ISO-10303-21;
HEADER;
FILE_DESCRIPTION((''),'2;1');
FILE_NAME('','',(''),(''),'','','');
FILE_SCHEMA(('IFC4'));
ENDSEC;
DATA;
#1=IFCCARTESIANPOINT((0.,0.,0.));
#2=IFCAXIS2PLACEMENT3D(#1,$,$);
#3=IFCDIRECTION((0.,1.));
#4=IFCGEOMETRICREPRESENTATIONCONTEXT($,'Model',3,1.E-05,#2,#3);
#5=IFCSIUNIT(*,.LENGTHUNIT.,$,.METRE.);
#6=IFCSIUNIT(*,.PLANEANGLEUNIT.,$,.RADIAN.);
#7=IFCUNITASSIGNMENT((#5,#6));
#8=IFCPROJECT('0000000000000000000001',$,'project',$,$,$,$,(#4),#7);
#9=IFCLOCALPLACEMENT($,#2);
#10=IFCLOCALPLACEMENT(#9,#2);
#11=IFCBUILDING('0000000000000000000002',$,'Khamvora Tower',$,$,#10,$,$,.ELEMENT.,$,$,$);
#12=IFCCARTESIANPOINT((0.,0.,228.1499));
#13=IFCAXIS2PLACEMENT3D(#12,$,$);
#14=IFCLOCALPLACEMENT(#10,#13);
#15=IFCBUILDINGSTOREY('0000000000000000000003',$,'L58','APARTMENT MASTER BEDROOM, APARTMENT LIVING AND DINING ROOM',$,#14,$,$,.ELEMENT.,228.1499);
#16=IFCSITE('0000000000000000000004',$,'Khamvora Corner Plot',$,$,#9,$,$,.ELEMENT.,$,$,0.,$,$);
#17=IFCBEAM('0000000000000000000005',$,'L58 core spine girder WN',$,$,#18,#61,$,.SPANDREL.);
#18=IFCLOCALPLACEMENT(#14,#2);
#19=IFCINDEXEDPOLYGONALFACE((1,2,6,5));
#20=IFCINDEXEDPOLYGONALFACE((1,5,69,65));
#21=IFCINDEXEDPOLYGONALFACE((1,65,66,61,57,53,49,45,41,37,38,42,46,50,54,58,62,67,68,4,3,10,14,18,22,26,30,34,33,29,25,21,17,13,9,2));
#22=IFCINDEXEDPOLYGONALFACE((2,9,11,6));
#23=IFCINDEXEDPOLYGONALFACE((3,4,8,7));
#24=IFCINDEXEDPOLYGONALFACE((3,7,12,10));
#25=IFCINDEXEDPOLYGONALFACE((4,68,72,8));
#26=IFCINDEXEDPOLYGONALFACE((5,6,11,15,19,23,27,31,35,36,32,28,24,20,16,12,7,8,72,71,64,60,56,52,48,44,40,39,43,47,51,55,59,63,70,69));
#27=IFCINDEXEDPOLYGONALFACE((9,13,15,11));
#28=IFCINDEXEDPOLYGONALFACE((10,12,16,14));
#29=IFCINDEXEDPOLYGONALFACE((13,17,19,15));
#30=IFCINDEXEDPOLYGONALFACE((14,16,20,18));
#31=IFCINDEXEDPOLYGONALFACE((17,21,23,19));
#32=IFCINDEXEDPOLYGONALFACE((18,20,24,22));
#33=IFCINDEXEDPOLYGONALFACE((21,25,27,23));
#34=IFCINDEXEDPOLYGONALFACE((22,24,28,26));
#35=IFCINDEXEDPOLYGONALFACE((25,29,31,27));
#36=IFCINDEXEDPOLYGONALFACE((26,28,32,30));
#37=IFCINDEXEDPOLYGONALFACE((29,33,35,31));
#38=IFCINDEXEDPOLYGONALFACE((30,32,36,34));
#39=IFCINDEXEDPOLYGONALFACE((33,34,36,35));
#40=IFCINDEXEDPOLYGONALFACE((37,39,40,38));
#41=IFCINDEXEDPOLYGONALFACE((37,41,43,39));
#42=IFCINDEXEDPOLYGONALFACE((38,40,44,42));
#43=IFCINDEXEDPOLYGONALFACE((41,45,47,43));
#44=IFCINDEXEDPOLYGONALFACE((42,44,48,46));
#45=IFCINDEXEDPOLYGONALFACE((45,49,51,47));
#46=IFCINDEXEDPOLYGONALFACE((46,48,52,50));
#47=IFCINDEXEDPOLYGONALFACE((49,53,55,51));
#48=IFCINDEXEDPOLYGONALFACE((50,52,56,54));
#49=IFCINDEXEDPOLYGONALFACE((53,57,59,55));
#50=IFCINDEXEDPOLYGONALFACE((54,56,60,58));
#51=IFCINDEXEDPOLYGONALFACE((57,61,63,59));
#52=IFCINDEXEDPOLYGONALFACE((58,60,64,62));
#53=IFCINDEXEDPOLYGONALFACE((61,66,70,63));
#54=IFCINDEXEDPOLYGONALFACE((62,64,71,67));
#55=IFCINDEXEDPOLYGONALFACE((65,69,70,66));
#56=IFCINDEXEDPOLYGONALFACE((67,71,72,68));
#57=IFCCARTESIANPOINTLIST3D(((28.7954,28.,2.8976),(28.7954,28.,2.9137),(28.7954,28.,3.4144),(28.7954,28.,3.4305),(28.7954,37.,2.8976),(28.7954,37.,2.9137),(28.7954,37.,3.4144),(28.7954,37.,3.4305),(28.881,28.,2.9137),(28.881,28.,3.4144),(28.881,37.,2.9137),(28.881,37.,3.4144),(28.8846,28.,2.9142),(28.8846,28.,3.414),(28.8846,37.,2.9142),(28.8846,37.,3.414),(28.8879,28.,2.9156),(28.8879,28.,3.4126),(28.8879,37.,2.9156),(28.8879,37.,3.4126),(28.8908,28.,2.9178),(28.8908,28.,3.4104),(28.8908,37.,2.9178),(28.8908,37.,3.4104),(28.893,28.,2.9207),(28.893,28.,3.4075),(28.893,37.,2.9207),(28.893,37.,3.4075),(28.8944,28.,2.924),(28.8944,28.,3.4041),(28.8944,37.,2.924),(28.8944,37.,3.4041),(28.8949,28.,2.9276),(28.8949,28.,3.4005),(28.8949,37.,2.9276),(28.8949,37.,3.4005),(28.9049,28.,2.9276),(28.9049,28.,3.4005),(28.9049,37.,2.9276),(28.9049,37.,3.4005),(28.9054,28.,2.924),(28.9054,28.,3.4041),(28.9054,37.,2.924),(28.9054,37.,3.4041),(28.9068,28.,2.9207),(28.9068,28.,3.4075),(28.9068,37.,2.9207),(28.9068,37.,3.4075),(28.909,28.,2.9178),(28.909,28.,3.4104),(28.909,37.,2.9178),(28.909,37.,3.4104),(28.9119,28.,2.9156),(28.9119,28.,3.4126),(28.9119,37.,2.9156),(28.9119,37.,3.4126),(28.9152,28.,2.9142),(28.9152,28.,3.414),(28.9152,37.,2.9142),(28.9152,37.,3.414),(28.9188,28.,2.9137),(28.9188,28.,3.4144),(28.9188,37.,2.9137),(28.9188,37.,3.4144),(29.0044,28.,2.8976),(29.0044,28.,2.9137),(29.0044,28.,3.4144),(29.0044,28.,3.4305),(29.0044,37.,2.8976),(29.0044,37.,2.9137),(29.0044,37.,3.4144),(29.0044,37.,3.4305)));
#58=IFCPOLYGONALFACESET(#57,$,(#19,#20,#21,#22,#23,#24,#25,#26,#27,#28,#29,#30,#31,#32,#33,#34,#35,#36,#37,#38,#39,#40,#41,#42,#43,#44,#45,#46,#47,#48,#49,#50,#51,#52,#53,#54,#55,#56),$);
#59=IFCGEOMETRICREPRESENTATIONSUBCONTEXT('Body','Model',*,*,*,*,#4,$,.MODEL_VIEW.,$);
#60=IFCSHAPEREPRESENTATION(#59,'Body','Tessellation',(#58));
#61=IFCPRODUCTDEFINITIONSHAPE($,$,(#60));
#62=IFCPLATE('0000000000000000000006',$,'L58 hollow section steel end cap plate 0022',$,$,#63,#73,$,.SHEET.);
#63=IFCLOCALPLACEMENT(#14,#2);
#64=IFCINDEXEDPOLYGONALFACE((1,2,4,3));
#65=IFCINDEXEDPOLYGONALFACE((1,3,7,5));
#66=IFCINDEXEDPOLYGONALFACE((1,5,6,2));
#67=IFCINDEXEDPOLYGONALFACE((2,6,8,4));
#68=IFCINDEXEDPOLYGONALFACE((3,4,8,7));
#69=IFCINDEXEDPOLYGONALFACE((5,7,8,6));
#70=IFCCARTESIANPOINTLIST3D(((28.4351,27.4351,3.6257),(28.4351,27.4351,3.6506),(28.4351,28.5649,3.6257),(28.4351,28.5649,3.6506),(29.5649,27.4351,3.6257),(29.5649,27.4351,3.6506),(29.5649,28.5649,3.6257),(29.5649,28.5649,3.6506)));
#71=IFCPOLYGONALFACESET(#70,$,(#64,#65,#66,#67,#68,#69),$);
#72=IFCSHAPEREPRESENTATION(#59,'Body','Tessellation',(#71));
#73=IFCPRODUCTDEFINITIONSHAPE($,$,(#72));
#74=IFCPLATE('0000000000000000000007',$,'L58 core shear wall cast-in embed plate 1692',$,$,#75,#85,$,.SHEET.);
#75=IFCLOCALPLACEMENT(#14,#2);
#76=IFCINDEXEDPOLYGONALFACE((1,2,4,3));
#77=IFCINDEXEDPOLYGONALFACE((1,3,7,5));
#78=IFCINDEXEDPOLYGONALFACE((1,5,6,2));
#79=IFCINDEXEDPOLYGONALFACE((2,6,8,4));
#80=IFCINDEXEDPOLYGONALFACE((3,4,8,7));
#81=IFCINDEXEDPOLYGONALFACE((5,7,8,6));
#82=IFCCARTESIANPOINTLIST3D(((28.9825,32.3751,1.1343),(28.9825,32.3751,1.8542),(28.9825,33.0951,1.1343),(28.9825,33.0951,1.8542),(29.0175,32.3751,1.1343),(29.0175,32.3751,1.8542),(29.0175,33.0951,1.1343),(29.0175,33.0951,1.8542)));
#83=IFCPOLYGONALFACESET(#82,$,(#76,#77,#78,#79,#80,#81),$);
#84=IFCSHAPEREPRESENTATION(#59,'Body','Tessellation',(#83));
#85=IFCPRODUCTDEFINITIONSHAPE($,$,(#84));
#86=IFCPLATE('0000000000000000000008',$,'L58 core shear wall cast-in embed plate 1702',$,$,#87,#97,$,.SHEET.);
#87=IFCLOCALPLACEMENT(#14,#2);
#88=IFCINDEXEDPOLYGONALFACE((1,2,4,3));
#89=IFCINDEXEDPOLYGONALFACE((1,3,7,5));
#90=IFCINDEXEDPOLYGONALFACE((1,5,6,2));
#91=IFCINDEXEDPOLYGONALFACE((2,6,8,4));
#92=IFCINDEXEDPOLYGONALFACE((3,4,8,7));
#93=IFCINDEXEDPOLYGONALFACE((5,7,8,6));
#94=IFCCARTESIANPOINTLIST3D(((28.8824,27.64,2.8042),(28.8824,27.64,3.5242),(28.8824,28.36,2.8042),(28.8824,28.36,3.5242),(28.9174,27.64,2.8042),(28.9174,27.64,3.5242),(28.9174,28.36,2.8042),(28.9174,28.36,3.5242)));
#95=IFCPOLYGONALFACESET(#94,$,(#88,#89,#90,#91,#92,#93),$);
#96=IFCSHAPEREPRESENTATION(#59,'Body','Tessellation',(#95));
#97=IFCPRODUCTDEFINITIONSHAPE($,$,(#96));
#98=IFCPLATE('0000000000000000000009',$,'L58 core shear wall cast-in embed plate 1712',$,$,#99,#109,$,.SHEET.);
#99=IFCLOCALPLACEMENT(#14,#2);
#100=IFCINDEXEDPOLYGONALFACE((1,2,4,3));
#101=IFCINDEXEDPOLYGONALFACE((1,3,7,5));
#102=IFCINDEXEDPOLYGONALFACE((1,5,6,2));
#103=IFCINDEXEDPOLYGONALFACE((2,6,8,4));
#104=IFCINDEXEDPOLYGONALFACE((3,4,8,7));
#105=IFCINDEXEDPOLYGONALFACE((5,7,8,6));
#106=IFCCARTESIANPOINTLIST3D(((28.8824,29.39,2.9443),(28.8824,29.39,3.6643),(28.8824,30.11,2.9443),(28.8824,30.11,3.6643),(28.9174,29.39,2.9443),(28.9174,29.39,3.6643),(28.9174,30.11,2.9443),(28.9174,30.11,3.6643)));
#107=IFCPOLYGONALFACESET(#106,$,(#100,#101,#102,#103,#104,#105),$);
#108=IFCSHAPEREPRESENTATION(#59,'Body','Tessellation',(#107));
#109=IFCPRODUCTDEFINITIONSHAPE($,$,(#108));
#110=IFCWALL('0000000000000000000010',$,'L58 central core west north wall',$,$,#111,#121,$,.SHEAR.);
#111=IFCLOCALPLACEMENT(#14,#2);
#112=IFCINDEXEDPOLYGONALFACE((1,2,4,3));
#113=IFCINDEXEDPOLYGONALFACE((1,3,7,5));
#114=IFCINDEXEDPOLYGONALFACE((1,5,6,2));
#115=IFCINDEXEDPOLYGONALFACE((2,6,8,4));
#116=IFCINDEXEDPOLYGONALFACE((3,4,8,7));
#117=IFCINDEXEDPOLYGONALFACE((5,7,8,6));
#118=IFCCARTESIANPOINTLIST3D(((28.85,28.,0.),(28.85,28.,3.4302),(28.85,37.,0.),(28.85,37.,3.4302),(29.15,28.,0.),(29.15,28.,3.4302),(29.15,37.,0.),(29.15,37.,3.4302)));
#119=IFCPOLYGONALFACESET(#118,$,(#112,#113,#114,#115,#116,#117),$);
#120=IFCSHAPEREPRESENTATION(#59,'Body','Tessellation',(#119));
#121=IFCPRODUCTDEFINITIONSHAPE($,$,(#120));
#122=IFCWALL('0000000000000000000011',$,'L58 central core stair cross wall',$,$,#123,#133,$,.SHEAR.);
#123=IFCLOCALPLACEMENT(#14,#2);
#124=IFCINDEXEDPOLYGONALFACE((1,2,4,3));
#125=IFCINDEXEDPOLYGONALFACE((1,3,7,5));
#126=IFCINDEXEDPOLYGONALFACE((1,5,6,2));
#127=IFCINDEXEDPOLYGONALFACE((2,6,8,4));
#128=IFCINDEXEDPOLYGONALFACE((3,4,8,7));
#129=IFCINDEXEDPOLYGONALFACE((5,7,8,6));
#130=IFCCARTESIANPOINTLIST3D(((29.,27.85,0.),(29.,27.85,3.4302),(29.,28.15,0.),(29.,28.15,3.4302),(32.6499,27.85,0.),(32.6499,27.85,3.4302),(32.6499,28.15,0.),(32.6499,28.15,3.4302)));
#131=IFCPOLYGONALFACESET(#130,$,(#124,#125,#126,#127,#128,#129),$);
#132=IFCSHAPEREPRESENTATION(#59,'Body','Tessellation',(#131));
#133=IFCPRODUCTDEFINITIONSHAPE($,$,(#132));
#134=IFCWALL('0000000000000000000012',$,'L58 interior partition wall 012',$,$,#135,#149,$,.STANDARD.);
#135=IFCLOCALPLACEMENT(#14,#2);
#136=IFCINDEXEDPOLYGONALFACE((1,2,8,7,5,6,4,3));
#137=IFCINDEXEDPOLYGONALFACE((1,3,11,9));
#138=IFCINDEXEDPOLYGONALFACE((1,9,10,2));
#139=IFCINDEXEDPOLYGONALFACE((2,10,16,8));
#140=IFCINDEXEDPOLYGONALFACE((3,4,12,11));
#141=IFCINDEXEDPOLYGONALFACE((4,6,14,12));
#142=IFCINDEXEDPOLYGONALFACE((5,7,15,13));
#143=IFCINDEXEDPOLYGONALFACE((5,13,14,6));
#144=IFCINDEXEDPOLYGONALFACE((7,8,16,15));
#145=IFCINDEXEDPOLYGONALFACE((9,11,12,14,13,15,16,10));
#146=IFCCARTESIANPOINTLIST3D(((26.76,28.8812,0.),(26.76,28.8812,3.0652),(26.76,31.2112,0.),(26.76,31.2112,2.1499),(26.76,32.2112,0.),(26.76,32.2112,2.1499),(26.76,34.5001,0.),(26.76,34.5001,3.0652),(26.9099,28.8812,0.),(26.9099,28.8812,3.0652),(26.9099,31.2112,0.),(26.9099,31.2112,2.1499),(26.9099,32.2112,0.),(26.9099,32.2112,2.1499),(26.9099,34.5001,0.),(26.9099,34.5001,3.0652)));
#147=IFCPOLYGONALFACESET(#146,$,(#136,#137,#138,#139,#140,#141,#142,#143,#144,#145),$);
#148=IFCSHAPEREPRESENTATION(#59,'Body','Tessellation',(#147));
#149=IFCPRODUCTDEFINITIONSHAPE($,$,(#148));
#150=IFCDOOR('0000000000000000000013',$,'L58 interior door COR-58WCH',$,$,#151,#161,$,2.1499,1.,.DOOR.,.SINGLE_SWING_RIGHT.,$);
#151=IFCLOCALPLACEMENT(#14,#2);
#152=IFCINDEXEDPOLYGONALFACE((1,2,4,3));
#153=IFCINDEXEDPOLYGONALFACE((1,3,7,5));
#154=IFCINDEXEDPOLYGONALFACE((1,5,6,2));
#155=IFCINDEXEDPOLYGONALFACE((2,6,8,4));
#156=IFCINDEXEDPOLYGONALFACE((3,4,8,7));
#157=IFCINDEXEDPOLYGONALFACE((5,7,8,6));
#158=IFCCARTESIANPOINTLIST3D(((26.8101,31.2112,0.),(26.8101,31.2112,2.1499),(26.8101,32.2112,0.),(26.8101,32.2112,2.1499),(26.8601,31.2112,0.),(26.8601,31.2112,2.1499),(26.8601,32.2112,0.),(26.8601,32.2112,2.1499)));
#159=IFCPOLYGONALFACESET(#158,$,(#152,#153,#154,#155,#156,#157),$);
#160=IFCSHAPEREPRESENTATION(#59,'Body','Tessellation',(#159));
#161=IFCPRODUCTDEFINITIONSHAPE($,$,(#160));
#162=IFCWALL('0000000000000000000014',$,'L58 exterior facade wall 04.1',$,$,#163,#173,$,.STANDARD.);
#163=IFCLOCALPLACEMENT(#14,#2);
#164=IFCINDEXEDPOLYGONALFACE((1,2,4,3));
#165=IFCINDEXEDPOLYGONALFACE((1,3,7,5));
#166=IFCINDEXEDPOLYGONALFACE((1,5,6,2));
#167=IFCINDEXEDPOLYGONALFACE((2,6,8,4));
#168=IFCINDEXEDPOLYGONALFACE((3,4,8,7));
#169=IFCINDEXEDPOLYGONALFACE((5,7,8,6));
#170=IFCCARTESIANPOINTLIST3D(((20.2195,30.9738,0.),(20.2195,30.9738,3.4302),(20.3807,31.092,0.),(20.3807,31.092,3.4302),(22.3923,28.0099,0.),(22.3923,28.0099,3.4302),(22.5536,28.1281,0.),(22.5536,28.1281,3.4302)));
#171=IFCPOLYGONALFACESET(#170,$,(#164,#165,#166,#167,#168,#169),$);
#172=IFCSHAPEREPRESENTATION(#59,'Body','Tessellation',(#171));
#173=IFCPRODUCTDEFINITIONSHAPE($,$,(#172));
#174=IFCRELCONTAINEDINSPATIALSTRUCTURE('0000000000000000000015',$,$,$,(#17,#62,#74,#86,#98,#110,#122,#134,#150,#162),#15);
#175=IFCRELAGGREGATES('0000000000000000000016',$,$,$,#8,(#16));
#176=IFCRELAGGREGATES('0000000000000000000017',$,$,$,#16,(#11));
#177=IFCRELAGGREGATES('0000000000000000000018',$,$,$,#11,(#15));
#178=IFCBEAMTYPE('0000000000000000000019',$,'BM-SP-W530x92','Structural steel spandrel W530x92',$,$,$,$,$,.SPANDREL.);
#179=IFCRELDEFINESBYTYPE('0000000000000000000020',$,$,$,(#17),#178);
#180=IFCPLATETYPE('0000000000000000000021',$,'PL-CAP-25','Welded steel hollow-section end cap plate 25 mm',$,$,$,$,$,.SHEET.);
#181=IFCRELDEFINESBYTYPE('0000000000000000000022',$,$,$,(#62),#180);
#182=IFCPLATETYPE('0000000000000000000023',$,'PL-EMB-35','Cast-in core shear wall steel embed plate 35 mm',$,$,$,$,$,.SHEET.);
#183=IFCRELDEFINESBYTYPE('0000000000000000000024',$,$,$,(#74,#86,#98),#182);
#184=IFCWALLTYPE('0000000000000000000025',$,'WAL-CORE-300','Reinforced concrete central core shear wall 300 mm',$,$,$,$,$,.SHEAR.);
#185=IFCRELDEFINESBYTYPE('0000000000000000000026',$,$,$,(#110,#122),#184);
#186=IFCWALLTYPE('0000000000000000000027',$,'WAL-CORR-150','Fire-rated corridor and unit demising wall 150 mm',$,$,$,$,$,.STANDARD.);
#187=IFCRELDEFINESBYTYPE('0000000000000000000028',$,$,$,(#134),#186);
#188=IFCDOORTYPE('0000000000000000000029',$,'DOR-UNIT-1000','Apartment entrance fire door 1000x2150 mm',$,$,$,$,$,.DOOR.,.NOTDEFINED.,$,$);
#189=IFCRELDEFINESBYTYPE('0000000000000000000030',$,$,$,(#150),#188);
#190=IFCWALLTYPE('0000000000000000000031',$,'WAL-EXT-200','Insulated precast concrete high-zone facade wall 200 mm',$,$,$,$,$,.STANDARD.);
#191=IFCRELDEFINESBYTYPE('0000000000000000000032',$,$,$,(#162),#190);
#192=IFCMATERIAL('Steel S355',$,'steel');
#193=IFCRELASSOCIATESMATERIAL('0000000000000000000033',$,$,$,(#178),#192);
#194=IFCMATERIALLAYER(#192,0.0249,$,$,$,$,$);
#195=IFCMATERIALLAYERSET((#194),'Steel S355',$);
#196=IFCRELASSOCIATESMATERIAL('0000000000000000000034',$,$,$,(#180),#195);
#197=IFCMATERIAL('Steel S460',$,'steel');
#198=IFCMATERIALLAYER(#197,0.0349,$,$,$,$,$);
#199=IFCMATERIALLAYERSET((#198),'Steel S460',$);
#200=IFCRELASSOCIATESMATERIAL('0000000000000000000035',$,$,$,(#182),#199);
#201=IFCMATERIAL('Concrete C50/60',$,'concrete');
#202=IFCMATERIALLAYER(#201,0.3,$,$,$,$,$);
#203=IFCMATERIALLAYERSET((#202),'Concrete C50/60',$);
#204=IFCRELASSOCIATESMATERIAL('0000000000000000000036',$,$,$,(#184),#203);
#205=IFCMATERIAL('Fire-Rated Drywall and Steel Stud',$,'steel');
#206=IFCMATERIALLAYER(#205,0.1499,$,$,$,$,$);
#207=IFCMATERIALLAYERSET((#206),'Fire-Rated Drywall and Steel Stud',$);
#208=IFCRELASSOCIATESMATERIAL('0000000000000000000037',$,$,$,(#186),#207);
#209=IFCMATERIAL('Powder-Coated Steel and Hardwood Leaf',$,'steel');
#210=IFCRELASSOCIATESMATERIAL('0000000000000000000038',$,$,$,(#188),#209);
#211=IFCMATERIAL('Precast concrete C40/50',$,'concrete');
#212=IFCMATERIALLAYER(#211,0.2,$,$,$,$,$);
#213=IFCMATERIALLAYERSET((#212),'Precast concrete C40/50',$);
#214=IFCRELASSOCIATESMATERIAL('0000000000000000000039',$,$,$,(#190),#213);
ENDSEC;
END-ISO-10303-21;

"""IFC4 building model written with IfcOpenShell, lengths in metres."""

from ifc_helpers import new_model, si_unit, direction, frame, frame_2d, origin, origin_2d, place, context, subcontext, project, spatial, rectangle, i_section, extrude, material, layer, layer_set, material_profile, profile_set, type_object, element, fill, save


model = new_model("IFC4")

# Units and contexts
model_context = context("Model", 3, precision=1e-05, world=origin(), true_north=direction((0.0, 1.0)))
body_context = subcontext(model_context, "Body", "Model", "MODEL_VIEW")
ifc_project = project(units=[si_unit("LENGTHUNIT", "METRE"), si_unit("PLANEANGLEUNIT", "RADIAN")], contexts=[model_context])

# Site, building, storey
site_placement = place(None, origin())
site = spatial("IfcSite", under=ifc_project, at=site_placement, Name="Khamvora Corner Plot", CompositionType="ELEMENT", RefElevation=0.0)
building_placement = place(site_placement, origin())
building = spatial("IfcBuilding", under=site, at=building_placement, Name="Khamvora Tower", CompositionType="ELEMENT")
storey_placement = place(building_placement, frame((0.0, 0.0, 228.1499)))
storey = spatial("IfcBuildingStorey", under=building, at=storey_placement, Name="L58", Description="APARTMENT MASTER BEDROOM, APARTMENT LIVING AND DINING ROOM", CompositionType="ELEMENT", Elevation=228.1499)

# Shared definitions
ifc_material_1 = material(Name="Steel S460", Category="steel")

# Beam
ifc_material_2 = material(Name="Steel S355", Category="steel")
ifc_material_profile_1 = material_profile(ifc_material_2, i_section(OverallWidth=0.209, OverallDepth=0.533, WebThickness=0.01, FlangeThickness=0.0161, FilletRadius=0.0139, at=origin_2d()), Name="W530x92")
ifc_profile_set_1 = profile_set([ifc_material_profile_1], Name="Steel S355")
beam_type_1 = type_object("IfcBeamType", Name="BM-SP-W530x92", Description="Structural steel spandrel W530x92", PredefinedType="SPANDREL", material=ifc_profile_set_1)
beam_1_placement = place(storey_placement, frame((28.8999, 28.0, 3.1641), z_axis=(0.0, 1.0, 0.0), x_axis=(-1.0, 0.0, 0.0)))
element("IfcBeam", 1, at=beam_1_placement, inside=storey, type_object=beam_type_1, Name="L58 core spine girder WN", PredefinedType="SPANDREL", context=body_context, shape_type="SweptSolid", body=[
    extrude(i_section(OverallWidth=0.209, OverallDepth=0.533, WebThickness=0.01, FlangeThickness=0.0161, FilletRadius=0.0139, at=origin_2d()), origin(), (0.0, 0.0, 1.0), 9.0),
])

# Plates
ifc_layer_1 = layer(ifc_material_2, 0.0249)
ifc_layer_set_1 = layer_set([ifc_layer_1], Name="Steel S355")
plate_type_1 = type_object("IfcPlateType", Name="PL-CAP-25", Description="Welded steel hollow-section end cap plate 25 mm", PredefinedType="SHEET", material=ifc_layer_set_1)
plate_placement = place(storey_placement, frame((29.0, 28.0, 3.6257), z_axis=(0.0, 0.0, 1.0), x_axis=(1.0, 0.0, 0.0)))
element("IfcPlate", 2, at=plate_placement, inside=storey, type_object=plate_type_1, Name="L58 hollow section steel end cap plate 0022", PredefinedType="SHEET", context=body_context, shape_type="SweptSolid", body=[
    extrude(rectangle(XDim=1.1299, YDim=1.1299, at=origin_2d()), origin(), (0.0, 0.0, 1.0), 0.0249),
])
ifc_layer_2 = layer(ifc_material_1, 0.0349)
ifc_layer_set_2 = layer_set([ifc_layer_2], Name="Steel S460")
plate_type_2 = type_object("IfcPlateType", Name="PL-EMB-35", Description="Cast-in core shear wall steel embed plate 35 mm", PredefinedType="SHEET", material=ifc_layer_set_2)
for number, where, z_axis, x_axis, name in (
    (3, (29.0, 32.7351, 1.1343), (0.0, 0.0, 1.0), (1.0, 0.0, 0.0), "L58 core shear wall cast-in embed plate 1692"),
    (4, (28.8999, 28.0, 2.8042), (0.0, 0.0, 1.0), (1.0, 0.0, 0.0), "L58 core shear wall cast-in embed plate 1702"),
    (5, (28.8999, 29.75, 2.9443), (0.0, 0.0, 1.0), (1.0, 0.0, 0.0), "L58 core shear wall cast-in embed plate 1712"),
):
    element("IfcPlate", number, at=place(storey_placement, frame(where, z_axis=z_axis, x_axis=x_axis)), inside=storey, type_object=plate_type_2, Name=name, PredefinedType="SHEET", context=body_context, shape_type="SweptSolid", body=[
        extrude(rectangle(XDim=0.0349, YDim=0.72, at=origin_2d()), origin(), (0.0, 0.0, 1.0), 0.72),
    ])

# Walls
ifc_material_3 = material(Name="Concrete C50/60", Category="concrete")
ifc_layer_3 = layer(ifc_material_3, 0.3)
ifc_layer_set_3 = layer_set([ifc_layer_3], Name="Concrete C50/60")
wall_type_1 = type_object("IfcWallType", Name="WAL-CORE-300", Description="Reinforced concrete central core shear wall 300 mm", PredefinedType="SHEAR", material=ifc_layer_set_3)
wall_1_placement = place(storey_placement, frame((29.0, 28.0, 0.0), z_axis=(0.0, 0.0, 1.0), x_axis=(0.0, 1.0, 0.0)))
element("IfcWall", 6, at=wall_1_placement, inside=storey, type_object=wall_type_1, Name="L58 central core west north wall", PredefinedType="SHEAR", context=body_context, shape_type="SweptSolid", body=[
    extrude(rectangle(XDim=9.0, YDim=0.3, at=frame_2d((4.5, 0.0))), origin(), (0.0, 0.0, 1.0), 3.4302),
])
wall_2_placement = place(storey_placement, frame((29.0, 28.0, 0.0), z_axis=(0.0, 0.0, 1.0), x_axis=(1.0, 0.0, 0.0)))
element("IfcWall", 7, at=wall_2_placement, inside=storey, type_object=wall_type_1, Name="L58 central core stair cross wall", PredefinedType="SHEAR", context=body_context, shape_type="SweptSolid", body=[
    extrude(rectangle(XDim=3.6499, YDim=0.3, at=frame_2d((1.825, 0.0))), origin(), (0.0, 0.0, 1.0), 3.4302),
])

# Wall, opening, door
ifc_material_4 = material(Name="Fire-Rated Drywall and Steel Stud", Category="steel")
ifc_layer_4 = layer(ifc_material_4, 0.1499)
ifc_layer_set_4 = layer_set([ifc_layer_4], Name="Fire-Rated Drywall and Steel Stud")
wall_type_2 = type_object("IfcWallType", Name="WAL-CORR-150", Description="Fire-rated corridor and unit demising wall 150 mm", PredefinedType="STANDARD", material=ifc_layer_set_4)
wall_3_placement = place(storey_placement, frame((26.835, 28.8811, 0.0), z_axis=(0.0, 0.0, 1.0), x_axis=(0.0, 1.0, 0.0)))
wall_3 = element("IfcWall", 8, at=wall_3_placement, inside=storey, type_object=wall_type_2, Name="L58 interior partition wall 012", PredefinedType="STANDARD", context=body_context, shape_type="SweptSolid", body=[
    extrude(rectangle(XDim=5.6189, YDim=0.1499, at=frame_2d((2.8096, 0.0))), origin(), (0.0, 0.0, 1.0), 3.0652),
])
opening_1_placement = place(wall_3_placement, frame((2.3301, 0.0, 0.0)))
opening_1 = element("IfcOpeningElement", 9, at=opening_1_placement, cuts=wall_3, PredefinedType="OPENING", context=body_context, shape_type="SweptSolid", body=[
    extrude(rectangle(XDim=1.0, YDim=2.1499, at=frame_2d((0.5, 1.075))), frame((0.0, 0.085, 0.0), z_axis=(0.0, -1.0, 0.0), x_axis=(1.0, 0.0, 0.0)), (0.0, 0.0, 1.0), 0.1699),
])
ifc_material_5 = material(Name="Powder-Coated Steel and Hardwood Leaf", Category="steel")
door_type_1 = type_object("IfcDoorType", Name="DOR-UNIT-1000", Description="Apartment entrance fire door 1000x2150 mm", OperationType="NOTDEFINED", PredefinedType="DOOR", material=ifc_material_5)
door_1_placement = place(opening_1_placement, origin())
door_1 = element("IfcDoor", 10, at=door_1_placement, inside=storey, type_object=door_type_1, Name="L58 interior door COR-58WCH", OperationType="SINGLE_SWING_RIGHT", OverallHeight=2.1499, OverallWidth=1.0, PredefinedType="DOOR", context=body_context, shape_type="SweptSolid", body=[
    extrude(rectangle(XDim=1.0, YDim=2.1499, at=frame_2d((0.5, 1.075))), frame((0.0, 0.0249, 0.0), z_axis=(0.0, -1.0, 0.0), x_axis=(1.0, 0.0, 0.0)), (0.0, 0.0, 1.0), 0.05),
])
fill(opening_1, door_1)

# Wall
ifc_material_6 = material(Name="Precast concrete C40/50", Category="concrete")
ifc_layer_5 = layer(ifc_material_6, 0.2)
ifc_layer_set_5 = layer_set([ifc_layer_5], Name="Precast concrete C40/50")
wall_type_3 = type_object("IfcWallType", Name="WAL-EXT-200", Description="Insulated precast concrete high-zone facade wall 200 mm", PredefinedType="STANDARD", material=ifc_layer_set_5)
wall_4_placement = place(storey_placement, frame((22.4729, 28.0691, 0.0), z_axis=(0.0, 0.0, 1.0), x_axis=(-0.591248, 0.806489, 0.0)))
element("IfcWall", 11, at=wall_4_placement, inside=storey, type_object=wall_type_3, Name="L58 exterior facade wall 04.1", PredefinedType="STANDARD", context=body_context, shape_type="SweptSolid", body=[
    extrude(rectangle(XDim=3.675, YDim=0.2, at=frame_2d((1.8374, 0.0))), origin(), (0.0, 0.0, 1.0), 3.4302),
])

save(model, "model.ifc")
